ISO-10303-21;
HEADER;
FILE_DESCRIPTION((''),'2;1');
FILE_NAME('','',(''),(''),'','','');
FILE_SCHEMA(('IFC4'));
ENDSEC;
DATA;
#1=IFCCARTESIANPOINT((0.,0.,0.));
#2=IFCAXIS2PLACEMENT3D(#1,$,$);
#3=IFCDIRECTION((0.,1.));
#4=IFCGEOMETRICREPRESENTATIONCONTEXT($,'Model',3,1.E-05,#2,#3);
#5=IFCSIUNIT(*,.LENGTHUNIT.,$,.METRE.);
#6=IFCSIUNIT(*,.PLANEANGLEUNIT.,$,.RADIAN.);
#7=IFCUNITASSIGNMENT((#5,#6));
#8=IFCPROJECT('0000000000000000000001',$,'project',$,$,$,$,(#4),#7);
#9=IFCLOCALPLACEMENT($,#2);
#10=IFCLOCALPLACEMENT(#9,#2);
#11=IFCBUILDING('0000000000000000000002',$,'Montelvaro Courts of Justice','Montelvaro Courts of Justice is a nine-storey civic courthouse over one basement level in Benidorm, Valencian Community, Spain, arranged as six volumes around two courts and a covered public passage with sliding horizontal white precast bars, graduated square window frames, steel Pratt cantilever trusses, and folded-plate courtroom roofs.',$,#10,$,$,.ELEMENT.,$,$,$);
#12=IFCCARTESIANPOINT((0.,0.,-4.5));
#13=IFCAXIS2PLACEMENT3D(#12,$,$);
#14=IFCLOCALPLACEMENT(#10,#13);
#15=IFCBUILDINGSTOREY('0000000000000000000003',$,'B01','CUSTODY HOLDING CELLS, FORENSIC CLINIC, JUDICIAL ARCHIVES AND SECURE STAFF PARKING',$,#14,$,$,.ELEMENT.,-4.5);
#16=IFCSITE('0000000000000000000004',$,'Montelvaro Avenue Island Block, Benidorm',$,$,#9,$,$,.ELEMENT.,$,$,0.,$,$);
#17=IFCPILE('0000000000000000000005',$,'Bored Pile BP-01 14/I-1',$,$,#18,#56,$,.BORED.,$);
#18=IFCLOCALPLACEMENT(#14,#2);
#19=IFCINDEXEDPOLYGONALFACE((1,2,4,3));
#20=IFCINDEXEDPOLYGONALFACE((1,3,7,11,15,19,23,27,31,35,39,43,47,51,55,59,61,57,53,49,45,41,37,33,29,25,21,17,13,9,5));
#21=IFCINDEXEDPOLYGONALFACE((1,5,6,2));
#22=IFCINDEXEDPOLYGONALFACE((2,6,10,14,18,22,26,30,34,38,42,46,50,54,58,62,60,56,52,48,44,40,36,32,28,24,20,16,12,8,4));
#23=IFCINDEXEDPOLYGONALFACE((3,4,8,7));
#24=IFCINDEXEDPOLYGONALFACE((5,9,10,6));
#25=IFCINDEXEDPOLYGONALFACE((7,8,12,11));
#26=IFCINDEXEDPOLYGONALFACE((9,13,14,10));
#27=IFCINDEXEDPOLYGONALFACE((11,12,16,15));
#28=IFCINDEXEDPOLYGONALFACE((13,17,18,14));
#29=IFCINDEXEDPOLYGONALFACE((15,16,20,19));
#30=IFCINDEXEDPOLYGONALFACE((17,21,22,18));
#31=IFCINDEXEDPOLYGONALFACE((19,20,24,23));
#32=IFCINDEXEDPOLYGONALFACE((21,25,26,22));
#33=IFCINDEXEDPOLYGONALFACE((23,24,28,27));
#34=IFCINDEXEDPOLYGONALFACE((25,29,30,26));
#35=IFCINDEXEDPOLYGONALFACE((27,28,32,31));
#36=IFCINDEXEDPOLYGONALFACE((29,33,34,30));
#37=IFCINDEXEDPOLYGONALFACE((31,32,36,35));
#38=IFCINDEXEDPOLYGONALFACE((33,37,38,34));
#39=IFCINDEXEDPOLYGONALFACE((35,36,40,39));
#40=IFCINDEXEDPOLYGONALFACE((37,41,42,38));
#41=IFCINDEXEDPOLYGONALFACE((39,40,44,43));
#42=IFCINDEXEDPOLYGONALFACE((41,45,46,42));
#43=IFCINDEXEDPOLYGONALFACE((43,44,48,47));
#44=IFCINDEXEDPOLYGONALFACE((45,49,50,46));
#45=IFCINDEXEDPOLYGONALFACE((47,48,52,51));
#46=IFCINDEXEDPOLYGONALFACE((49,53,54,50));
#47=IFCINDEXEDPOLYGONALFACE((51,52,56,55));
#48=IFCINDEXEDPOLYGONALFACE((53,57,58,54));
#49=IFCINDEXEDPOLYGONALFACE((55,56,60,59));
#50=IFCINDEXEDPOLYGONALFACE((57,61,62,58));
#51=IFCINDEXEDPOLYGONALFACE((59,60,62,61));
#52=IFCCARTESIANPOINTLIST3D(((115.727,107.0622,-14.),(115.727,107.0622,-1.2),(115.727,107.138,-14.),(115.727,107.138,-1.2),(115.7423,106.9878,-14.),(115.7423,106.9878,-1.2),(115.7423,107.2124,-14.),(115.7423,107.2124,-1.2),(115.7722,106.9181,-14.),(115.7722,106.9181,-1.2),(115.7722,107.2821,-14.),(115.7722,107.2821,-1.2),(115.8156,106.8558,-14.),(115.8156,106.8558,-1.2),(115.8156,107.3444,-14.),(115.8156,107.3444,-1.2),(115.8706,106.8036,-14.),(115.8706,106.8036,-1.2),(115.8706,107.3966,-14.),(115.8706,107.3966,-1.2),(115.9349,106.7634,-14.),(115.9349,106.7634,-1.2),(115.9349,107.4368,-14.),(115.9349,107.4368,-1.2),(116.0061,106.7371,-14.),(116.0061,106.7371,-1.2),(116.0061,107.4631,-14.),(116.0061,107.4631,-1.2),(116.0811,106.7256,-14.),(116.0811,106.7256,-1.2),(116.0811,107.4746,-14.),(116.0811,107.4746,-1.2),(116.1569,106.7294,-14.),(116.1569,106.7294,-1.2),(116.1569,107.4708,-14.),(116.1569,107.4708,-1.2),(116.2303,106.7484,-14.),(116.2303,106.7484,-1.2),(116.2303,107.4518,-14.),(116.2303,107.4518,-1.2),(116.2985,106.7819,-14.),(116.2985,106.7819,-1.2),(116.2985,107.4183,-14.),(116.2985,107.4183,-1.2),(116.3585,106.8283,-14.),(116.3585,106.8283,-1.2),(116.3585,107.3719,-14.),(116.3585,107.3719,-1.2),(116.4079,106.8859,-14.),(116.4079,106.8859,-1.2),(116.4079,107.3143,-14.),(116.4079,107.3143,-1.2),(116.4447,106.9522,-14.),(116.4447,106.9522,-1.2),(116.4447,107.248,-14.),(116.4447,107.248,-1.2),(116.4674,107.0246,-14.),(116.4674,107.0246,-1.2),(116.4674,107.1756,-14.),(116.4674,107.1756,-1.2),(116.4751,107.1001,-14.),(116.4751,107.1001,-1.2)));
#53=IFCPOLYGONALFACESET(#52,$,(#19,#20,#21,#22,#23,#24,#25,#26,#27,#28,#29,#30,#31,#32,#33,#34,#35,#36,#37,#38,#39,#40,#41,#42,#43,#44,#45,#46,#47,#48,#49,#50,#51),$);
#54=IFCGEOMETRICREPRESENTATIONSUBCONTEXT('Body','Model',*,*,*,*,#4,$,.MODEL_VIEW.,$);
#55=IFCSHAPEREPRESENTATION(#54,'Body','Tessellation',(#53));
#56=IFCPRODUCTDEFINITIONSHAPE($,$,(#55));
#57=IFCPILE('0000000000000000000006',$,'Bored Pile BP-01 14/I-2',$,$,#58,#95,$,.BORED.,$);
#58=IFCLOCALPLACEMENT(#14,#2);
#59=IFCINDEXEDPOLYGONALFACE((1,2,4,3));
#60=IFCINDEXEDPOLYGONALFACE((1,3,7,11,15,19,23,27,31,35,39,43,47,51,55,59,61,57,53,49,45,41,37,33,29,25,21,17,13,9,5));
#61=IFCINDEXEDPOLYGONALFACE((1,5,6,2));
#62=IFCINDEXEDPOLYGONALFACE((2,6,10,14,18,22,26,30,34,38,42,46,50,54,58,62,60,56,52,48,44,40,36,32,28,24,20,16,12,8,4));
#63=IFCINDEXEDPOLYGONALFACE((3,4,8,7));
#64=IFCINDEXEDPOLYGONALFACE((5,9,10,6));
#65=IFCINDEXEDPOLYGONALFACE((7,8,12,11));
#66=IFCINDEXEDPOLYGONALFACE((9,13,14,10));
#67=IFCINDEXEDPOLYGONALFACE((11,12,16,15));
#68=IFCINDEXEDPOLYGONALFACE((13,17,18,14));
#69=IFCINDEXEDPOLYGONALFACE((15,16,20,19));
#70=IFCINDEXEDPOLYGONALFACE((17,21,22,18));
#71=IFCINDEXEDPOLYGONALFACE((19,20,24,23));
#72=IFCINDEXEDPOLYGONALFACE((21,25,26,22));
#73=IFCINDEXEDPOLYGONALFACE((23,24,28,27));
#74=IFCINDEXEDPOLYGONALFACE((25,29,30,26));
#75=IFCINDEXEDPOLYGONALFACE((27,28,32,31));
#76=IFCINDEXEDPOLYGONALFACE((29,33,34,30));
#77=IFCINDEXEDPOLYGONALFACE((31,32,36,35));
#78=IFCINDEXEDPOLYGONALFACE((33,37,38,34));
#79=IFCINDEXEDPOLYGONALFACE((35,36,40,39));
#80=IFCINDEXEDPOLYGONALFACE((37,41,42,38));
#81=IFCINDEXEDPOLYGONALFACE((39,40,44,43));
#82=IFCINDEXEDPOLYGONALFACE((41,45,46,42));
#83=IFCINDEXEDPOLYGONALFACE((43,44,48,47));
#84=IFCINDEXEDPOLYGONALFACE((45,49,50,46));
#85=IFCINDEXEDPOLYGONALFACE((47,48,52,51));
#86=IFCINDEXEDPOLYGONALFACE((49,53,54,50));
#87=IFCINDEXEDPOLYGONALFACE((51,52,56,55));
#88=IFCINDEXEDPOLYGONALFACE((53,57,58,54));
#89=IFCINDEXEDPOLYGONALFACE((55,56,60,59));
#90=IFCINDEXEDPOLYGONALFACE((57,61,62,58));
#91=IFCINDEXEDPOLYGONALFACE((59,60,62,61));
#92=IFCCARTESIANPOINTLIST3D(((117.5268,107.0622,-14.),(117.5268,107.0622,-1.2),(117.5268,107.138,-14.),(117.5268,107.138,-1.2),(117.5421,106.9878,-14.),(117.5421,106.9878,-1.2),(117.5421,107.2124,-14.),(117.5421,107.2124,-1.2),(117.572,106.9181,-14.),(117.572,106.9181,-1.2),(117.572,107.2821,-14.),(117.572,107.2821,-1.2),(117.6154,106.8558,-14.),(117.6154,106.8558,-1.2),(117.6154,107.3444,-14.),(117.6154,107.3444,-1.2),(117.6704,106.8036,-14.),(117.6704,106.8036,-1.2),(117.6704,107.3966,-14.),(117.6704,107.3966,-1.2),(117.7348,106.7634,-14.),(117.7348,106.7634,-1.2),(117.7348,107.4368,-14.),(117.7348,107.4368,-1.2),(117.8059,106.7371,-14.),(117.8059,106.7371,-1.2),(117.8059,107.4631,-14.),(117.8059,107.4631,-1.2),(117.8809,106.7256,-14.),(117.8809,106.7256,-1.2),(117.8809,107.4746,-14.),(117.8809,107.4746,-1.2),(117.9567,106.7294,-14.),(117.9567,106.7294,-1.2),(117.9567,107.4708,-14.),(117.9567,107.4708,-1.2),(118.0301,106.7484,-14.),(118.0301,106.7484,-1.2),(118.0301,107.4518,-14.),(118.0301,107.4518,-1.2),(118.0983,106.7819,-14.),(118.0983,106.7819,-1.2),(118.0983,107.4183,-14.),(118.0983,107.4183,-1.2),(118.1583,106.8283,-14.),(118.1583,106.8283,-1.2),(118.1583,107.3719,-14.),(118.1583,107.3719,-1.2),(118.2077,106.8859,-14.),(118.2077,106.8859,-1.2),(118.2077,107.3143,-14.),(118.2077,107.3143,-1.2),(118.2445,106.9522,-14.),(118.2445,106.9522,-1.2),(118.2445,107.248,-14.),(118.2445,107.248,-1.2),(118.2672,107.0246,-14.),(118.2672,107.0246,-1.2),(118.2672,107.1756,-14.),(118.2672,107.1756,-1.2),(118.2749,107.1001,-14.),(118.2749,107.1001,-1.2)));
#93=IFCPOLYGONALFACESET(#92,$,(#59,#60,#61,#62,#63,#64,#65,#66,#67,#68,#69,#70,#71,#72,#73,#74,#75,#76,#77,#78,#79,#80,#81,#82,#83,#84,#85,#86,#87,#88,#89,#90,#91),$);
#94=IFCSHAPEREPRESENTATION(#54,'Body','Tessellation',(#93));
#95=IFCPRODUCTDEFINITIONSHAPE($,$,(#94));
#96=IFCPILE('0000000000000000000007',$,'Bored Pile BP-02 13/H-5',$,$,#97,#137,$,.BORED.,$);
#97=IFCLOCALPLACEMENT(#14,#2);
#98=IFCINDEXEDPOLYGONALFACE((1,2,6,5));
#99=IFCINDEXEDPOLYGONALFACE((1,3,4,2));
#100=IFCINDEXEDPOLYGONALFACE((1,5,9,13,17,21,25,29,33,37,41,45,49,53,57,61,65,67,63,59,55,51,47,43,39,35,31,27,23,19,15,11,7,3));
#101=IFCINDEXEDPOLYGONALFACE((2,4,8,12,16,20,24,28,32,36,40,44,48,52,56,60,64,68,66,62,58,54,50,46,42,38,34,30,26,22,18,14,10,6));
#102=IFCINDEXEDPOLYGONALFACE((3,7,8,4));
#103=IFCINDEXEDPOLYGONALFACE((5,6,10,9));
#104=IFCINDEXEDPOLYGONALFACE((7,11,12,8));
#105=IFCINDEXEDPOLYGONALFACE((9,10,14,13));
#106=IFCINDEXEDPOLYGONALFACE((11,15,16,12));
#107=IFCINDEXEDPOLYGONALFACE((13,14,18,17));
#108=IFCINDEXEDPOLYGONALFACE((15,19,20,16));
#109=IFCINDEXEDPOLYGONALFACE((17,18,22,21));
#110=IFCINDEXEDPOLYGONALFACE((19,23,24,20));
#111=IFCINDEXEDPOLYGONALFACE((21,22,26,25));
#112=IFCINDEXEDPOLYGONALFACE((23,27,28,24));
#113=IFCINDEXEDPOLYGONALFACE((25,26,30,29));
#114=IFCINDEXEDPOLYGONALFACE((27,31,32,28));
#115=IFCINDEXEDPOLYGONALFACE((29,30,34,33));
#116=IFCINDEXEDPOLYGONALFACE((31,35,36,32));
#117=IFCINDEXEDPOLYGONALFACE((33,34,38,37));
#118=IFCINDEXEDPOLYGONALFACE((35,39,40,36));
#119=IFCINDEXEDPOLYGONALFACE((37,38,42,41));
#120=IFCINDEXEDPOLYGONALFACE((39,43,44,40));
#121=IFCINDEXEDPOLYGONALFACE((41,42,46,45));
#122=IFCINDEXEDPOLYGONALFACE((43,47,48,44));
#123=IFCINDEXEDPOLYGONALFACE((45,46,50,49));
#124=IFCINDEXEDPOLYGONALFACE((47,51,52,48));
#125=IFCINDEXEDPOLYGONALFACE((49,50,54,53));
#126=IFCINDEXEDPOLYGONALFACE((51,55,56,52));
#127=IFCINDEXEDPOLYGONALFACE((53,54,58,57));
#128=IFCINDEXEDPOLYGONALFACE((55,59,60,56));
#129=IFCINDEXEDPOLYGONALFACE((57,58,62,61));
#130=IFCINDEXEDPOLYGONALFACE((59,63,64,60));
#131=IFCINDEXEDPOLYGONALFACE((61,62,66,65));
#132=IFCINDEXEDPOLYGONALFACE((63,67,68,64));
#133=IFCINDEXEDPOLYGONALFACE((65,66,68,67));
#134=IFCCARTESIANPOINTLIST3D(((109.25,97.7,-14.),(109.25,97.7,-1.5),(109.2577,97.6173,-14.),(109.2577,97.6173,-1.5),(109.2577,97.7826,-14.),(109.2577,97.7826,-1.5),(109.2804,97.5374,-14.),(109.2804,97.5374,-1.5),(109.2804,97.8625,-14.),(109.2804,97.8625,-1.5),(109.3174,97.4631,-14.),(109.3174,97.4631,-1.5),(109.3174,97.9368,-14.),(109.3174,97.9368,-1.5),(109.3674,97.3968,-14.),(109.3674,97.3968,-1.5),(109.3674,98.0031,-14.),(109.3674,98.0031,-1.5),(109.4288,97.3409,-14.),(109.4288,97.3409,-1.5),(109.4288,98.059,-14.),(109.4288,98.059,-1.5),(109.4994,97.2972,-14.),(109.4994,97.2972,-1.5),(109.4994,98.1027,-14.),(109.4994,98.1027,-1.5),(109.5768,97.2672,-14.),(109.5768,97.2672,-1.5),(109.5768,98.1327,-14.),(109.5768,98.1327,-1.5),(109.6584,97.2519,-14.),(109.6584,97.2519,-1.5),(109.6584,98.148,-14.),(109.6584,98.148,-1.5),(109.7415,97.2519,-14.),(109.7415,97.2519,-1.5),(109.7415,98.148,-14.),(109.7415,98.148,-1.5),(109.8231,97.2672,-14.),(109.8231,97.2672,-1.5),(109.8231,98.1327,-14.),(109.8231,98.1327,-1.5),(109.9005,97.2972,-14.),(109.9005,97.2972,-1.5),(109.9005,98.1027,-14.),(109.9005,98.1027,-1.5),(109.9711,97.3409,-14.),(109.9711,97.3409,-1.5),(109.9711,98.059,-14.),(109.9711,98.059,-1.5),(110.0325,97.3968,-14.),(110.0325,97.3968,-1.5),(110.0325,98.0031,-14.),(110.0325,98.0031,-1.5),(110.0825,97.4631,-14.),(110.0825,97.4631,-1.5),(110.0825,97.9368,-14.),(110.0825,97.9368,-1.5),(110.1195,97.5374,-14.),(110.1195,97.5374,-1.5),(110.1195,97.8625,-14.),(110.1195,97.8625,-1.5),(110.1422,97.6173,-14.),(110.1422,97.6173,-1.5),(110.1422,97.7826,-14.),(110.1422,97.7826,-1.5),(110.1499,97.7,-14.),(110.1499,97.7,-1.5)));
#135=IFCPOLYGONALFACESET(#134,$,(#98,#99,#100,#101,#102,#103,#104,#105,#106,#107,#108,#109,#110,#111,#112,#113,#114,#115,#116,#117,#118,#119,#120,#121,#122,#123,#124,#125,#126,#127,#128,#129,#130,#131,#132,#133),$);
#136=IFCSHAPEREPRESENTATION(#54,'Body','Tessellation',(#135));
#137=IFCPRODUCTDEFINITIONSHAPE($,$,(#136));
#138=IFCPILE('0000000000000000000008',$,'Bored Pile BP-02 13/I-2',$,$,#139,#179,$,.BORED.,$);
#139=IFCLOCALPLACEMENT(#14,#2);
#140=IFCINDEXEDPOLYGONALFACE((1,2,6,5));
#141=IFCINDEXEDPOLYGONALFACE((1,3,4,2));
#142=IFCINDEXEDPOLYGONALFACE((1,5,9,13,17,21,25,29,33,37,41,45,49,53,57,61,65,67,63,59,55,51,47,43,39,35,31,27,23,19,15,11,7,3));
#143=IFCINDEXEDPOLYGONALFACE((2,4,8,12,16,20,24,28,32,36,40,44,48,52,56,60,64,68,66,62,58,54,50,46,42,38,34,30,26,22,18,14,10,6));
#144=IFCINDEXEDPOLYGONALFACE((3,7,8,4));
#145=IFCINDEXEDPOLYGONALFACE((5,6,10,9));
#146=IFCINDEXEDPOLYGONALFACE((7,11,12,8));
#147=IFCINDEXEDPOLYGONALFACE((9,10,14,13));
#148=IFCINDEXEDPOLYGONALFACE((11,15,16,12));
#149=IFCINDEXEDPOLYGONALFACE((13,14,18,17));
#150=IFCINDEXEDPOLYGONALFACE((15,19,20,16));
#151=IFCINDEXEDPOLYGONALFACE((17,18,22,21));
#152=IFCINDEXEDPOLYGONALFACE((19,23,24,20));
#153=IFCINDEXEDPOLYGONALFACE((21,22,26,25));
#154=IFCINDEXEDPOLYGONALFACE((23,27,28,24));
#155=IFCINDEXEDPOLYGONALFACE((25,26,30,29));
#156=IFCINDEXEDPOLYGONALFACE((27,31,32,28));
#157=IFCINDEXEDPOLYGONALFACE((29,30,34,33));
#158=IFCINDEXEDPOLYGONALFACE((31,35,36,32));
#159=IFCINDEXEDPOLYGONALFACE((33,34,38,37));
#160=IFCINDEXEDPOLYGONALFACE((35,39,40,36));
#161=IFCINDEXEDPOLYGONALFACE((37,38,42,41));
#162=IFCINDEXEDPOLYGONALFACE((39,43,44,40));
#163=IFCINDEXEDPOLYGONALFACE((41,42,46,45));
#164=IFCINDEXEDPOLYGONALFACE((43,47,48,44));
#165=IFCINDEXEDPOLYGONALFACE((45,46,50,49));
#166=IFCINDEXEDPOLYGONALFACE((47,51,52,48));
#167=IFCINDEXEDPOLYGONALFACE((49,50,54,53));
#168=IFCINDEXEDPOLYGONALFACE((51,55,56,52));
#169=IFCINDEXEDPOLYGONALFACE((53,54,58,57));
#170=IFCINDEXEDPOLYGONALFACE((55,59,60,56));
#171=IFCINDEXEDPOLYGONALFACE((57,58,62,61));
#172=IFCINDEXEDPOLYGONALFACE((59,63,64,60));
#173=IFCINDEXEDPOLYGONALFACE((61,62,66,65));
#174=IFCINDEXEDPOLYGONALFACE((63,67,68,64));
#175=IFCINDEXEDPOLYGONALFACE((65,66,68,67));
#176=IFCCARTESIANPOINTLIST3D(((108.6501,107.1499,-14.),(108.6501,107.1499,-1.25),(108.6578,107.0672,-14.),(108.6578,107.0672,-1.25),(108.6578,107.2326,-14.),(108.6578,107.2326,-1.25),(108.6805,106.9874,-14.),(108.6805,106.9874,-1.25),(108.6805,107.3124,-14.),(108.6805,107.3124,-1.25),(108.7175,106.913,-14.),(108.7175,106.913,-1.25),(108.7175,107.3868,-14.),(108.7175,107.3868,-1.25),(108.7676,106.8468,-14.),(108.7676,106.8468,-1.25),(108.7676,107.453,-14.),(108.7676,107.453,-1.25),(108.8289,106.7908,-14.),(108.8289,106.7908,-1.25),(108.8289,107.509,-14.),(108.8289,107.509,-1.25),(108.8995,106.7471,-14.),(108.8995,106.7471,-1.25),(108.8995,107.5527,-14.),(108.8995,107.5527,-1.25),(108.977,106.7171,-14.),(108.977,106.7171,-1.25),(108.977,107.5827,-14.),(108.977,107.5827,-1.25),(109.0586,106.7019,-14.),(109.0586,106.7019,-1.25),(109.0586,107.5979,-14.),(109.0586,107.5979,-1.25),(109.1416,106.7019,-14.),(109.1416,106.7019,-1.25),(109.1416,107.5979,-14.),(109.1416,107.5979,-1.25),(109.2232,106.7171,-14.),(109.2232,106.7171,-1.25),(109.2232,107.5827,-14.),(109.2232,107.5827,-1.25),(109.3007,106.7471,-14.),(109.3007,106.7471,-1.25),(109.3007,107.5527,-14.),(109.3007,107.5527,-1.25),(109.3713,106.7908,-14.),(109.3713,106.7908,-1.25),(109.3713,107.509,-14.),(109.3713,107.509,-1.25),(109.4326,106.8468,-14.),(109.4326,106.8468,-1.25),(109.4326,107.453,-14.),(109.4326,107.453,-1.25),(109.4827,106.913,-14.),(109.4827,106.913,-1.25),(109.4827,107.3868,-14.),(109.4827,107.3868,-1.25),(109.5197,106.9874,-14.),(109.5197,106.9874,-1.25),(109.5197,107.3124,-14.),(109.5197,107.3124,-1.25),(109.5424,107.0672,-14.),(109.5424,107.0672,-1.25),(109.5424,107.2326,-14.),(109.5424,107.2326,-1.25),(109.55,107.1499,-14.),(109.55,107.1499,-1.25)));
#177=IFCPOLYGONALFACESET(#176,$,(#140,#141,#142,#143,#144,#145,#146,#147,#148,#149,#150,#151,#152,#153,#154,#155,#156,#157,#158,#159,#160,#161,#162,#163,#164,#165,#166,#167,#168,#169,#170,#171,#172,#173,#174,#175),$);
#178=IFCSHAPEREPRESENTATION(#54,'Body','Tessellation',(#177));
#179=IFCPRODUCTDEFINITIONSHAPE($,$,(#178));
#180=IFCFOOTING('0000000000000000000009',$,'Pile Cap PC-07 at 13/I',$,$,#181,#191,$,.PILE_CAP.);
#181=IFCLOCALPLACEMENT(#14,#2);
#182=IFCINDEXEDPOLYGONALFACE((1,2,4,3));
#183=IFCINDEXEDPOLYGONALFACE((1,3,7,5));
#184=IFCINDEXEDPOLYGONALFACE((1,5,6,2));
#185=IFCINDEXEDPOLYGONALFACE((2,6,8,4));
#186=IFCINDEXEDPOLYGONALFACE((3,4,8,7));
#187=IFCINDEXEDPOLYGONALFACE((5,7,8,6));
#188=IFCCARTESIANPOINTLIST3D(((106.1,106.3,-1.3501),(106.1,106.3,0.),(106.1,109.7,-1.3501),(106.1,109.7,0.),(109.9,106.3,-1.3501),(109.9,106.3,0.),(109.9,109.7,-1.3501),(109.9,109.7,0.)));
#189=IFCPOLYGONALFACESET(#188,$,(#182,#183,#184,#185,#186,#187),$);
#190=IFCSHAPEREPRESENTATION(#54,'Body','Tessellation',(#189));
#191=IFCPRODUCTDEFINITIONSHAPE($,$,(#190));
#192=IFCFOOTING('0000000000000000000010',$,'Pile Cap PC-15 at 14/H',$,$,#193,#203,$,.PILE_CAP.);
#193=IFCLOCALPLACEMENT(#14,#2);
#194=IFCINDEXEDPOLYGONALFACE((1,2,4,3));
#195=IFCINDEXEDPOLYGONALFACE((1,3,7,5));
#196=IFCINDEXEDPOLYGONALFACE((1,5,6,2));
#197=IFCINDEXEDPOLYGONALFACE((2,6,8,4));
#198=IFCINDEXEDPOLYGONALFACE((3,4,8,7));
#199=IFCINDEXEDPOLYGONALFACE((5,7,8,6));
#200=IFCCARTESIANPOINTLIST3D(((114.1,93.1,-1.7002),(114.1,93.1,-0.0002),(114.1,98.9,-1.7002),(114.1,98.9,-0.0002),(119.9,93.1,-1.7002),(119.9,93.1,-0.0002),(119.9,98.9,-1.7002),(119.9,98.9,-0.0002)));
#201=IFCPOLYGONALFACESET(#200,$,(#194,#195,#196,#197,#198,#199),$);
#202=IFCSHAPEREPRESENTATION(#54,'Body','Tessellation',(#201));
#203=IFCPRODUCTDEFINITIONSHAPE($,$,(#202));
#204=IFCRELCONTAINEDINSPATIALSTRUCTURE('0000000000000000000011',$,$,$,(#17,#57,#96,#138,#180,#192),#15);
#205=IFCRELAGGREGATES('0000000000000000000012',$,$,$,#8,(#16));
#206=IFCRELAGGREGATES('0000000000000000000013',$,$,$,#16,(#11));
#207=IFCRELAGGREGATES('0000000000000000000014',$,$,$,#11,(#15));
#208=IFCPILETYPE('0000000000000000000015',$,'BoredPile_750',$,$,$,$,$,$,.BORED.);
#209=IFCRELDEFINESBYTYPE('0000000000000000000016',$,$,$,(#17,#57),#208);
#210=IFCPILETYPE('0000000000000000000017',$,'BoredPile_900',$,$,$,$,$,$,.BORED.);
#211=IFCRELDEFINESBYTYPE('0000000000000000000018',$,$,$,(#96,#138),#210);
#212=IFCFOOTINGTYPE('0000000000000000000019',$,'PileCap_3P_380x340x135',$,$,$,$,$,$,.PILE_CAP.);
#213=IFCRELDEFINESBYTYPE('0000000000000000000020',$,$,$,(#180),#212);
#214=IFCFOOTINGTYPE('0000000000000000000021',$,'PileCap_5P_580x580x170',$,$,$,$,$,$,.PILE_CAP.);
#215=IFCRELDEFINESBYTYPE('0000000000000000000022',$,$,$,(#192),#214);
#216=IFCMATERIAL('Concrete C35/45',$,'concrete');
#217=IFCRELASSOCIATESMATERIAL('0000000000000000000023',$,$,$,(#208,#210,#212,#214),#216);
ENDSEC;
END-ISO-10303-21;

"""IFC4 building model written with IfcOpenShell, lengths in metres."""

from ifc_helpers import new_model, si_unit, direction, frame, origin, origin_2d, place, context, subcontext, project, spatial, rectangle, circle, extrude, material, material_profile, profile_set, type_object, element, save


model = new_model("IFC4")

# Units and contexts
model_context = context("Model", 3, precision=1e-05, world=origin(), true_north=direction((0.0, 1.0)))
body_context = subcontext(model_context, "Body", "Model", "MODEL_VIEW")
ifc_project = project(units=[si_unit("LENGTHUNIT", "METRE"), si_unit("PLANEANGLEUNIT", "RADIAN")], contexts=[model_context])

# Site, building, storey
site_placement = place(None, origin())
site = spatial("IfcSite", under=ifc_project, at=site_placement, Name="Montelvaro Avenue Island Block, Benidorm", CompositionType="ELEMENT", RefElevation=0.0)
building_placement = place(site_placement, origin())
building = spatial("IfcBuilding", under=site, at=building_placement, Name="Montelvaro Courts of Justice", Description="Montelvaro Courts of Justice is a nine-storey civic courthouse over one basement level in Benidorm, Valencian Community, Spain, arranged as six volumes around two courts and a covered public passage with sliding horizontal white precast bars, graduated square window frames, steel Pratt cantilever trusses, and folded-plate courtroom roofs.", CompositionType="ELEMENT")
storey_placement = place(building_placement, frame((0.0, 0.0, -4.5)))
storey = spatial("IfcBuildingStorey", under=building, at=storey_placement, Name="B01", Description="CUSTODY HOLDING CELLS, FORENSIC CLINIC, JUDICIAL ARCHIVES AND SECURE STAFF PARKING", CompositionType="ELEMENT", Elevation=-4.5)

# Piles
ifc_material_1 = material(Name="Concrete C35/45", Category="concrete")
ifc_material_profile_1 = material_profile(ifc_material_1, circle(Radius=0.375, at=origin_2d()), Name="BORED PILE D750")
ifc_profile_set_1 = profile_set([ifc_material_profile_1], Name="Concrete C35/45")
pile_type_1 = type_object("IfcPileType", Name="BoredPile_750", PredefinedType="BORED", material=ifc_profile_set_1)
for number, where, z_axis, x_axis, name in (
    (1, (116.1001, 107.1001, -1.2), (0.0, 0.0, -1.0), (1.0, 0.0, 0.0), "Bored Pile BP-01 14/I-1"),
    (2, (117.8999, 107.1001, -1.2), (0.0, 0.0, -1.0), (1.0, 0.0, 0.0), "Bored Pile BP-01 14/I-2"),
):
    element("IfcPile", number, at=place(storey_placement, frame(where, z_axis=z_axis, x_axis=x_axis)), inside=storey, type_object=pile_type_1, Name=name, PredefinedType="BORED", context=body_context, shape_type="SweptSolid", body=[
        extrude(circle(Radius=0.375, at=origin_2d()), origin(), (0.0, 0.0, 1.0), 12.8),
    ])
ifc_material_profile_2 = material_profile(ifc_material_1, circle(Radius=0.45, at=origin_2d()), Name="BORED PILE D900")
ifc_profile_set_2 = profile_set([ifc_material_profile_2], Name="Concrete C35/45")
pile_type_2 = type_object("IfcPileType", Name="BoredPile_900", PredefinedType="BORED", material=ifc_profile_set_2)
pile_1_placement = place(storey_placement, frame((109.7, 97.7, -1.5), z_axis=(0.0, 0.0, -1.0), x_axis=(1.0, 0.0, 0.0)))
element("IfcPile", 3, at=pile_1_placement, inside=storey, type_object=pile_type_2, Name="Bored Pile BP-02 13/H-5", PredefinedType="BORED", context=body_context, shape_type="SweptSolid", body=[
    extrude(circle(Radius=0.45, at=origin_2d()), origin(), (0.0, 0.0, 1.0), 12.5),
])
pile_2_placement = place(storey_placement, frame((109.1001, 107.1499, -1.25), z_axis=(0.0, 0.0, -1.0), x_axis=(1.0, 0.0, 0.0)))
element("IfcPile", 4, at=pile_2_placement, inside=storey, type_object=pile_type_2, Name="Bored Pile BP-02 13/I-2", PredefinedType="BORED", context=body_context, shape_type="SweptSolid", body=[
    extrude(circle(Radius=0.45, at=origin_2d()), origin(), (0.0, 0.0, 1.0), 12.75),
])

# Footings
footing_type_1 = type_object("IfcFootingType", Name="PileCap_3P_380x340x135", PredefinedType="PILE_CAP", material=ifc_material_1)
footing_1_placement = place(storey_placement, frame((108.0, 108.0, -1.3501), z_axis=(0.0, 0.0, 1.0), x_axis=(1.0, 0.0, 0.0)))
element("IfcFooting", 5, at=footing_1_placement, inside=storey, type_object=footing_type_1, Name="Pile Cap PC-07 at 13/I", PredefinedType="PILE_CAP", context=body_context, shape_type="SweptSolid", body=[
    extrude(rectangle(XDim=3.8, YDim=3.3999, at=origin_2d()), origin(), (0.0, 0.0, 1.0), 1.3501),
])
footing_type_2 = type_object("IfcFootingType", Name="PileCap_5P_580x580x170", PredefinedType="PILE_CAP", material=ifc_material_1)
footing_2_placement = place(storey_placement, frame((117.0, 96.0, -1.7002), z_axis=(0.0, 0.0, 1.0), x_axis=(1.0, 0.0, 0.0)))
element("IfcFooting", 6, at=footing_2_placement, inside=storey, type_object=footing_type_2, Name="Pile Cap PC-15 at 14/H", PredefinedType="PILE_CAP", context=body_context, shape_type="SweptSolid", body=[
    extrude(rectangle(XDim=5.8, YDim=5.8, at=origin_2d()), origin(), (0.0, 0.0, 1.0), 1.7),
])

save(model, "model.ifc")
